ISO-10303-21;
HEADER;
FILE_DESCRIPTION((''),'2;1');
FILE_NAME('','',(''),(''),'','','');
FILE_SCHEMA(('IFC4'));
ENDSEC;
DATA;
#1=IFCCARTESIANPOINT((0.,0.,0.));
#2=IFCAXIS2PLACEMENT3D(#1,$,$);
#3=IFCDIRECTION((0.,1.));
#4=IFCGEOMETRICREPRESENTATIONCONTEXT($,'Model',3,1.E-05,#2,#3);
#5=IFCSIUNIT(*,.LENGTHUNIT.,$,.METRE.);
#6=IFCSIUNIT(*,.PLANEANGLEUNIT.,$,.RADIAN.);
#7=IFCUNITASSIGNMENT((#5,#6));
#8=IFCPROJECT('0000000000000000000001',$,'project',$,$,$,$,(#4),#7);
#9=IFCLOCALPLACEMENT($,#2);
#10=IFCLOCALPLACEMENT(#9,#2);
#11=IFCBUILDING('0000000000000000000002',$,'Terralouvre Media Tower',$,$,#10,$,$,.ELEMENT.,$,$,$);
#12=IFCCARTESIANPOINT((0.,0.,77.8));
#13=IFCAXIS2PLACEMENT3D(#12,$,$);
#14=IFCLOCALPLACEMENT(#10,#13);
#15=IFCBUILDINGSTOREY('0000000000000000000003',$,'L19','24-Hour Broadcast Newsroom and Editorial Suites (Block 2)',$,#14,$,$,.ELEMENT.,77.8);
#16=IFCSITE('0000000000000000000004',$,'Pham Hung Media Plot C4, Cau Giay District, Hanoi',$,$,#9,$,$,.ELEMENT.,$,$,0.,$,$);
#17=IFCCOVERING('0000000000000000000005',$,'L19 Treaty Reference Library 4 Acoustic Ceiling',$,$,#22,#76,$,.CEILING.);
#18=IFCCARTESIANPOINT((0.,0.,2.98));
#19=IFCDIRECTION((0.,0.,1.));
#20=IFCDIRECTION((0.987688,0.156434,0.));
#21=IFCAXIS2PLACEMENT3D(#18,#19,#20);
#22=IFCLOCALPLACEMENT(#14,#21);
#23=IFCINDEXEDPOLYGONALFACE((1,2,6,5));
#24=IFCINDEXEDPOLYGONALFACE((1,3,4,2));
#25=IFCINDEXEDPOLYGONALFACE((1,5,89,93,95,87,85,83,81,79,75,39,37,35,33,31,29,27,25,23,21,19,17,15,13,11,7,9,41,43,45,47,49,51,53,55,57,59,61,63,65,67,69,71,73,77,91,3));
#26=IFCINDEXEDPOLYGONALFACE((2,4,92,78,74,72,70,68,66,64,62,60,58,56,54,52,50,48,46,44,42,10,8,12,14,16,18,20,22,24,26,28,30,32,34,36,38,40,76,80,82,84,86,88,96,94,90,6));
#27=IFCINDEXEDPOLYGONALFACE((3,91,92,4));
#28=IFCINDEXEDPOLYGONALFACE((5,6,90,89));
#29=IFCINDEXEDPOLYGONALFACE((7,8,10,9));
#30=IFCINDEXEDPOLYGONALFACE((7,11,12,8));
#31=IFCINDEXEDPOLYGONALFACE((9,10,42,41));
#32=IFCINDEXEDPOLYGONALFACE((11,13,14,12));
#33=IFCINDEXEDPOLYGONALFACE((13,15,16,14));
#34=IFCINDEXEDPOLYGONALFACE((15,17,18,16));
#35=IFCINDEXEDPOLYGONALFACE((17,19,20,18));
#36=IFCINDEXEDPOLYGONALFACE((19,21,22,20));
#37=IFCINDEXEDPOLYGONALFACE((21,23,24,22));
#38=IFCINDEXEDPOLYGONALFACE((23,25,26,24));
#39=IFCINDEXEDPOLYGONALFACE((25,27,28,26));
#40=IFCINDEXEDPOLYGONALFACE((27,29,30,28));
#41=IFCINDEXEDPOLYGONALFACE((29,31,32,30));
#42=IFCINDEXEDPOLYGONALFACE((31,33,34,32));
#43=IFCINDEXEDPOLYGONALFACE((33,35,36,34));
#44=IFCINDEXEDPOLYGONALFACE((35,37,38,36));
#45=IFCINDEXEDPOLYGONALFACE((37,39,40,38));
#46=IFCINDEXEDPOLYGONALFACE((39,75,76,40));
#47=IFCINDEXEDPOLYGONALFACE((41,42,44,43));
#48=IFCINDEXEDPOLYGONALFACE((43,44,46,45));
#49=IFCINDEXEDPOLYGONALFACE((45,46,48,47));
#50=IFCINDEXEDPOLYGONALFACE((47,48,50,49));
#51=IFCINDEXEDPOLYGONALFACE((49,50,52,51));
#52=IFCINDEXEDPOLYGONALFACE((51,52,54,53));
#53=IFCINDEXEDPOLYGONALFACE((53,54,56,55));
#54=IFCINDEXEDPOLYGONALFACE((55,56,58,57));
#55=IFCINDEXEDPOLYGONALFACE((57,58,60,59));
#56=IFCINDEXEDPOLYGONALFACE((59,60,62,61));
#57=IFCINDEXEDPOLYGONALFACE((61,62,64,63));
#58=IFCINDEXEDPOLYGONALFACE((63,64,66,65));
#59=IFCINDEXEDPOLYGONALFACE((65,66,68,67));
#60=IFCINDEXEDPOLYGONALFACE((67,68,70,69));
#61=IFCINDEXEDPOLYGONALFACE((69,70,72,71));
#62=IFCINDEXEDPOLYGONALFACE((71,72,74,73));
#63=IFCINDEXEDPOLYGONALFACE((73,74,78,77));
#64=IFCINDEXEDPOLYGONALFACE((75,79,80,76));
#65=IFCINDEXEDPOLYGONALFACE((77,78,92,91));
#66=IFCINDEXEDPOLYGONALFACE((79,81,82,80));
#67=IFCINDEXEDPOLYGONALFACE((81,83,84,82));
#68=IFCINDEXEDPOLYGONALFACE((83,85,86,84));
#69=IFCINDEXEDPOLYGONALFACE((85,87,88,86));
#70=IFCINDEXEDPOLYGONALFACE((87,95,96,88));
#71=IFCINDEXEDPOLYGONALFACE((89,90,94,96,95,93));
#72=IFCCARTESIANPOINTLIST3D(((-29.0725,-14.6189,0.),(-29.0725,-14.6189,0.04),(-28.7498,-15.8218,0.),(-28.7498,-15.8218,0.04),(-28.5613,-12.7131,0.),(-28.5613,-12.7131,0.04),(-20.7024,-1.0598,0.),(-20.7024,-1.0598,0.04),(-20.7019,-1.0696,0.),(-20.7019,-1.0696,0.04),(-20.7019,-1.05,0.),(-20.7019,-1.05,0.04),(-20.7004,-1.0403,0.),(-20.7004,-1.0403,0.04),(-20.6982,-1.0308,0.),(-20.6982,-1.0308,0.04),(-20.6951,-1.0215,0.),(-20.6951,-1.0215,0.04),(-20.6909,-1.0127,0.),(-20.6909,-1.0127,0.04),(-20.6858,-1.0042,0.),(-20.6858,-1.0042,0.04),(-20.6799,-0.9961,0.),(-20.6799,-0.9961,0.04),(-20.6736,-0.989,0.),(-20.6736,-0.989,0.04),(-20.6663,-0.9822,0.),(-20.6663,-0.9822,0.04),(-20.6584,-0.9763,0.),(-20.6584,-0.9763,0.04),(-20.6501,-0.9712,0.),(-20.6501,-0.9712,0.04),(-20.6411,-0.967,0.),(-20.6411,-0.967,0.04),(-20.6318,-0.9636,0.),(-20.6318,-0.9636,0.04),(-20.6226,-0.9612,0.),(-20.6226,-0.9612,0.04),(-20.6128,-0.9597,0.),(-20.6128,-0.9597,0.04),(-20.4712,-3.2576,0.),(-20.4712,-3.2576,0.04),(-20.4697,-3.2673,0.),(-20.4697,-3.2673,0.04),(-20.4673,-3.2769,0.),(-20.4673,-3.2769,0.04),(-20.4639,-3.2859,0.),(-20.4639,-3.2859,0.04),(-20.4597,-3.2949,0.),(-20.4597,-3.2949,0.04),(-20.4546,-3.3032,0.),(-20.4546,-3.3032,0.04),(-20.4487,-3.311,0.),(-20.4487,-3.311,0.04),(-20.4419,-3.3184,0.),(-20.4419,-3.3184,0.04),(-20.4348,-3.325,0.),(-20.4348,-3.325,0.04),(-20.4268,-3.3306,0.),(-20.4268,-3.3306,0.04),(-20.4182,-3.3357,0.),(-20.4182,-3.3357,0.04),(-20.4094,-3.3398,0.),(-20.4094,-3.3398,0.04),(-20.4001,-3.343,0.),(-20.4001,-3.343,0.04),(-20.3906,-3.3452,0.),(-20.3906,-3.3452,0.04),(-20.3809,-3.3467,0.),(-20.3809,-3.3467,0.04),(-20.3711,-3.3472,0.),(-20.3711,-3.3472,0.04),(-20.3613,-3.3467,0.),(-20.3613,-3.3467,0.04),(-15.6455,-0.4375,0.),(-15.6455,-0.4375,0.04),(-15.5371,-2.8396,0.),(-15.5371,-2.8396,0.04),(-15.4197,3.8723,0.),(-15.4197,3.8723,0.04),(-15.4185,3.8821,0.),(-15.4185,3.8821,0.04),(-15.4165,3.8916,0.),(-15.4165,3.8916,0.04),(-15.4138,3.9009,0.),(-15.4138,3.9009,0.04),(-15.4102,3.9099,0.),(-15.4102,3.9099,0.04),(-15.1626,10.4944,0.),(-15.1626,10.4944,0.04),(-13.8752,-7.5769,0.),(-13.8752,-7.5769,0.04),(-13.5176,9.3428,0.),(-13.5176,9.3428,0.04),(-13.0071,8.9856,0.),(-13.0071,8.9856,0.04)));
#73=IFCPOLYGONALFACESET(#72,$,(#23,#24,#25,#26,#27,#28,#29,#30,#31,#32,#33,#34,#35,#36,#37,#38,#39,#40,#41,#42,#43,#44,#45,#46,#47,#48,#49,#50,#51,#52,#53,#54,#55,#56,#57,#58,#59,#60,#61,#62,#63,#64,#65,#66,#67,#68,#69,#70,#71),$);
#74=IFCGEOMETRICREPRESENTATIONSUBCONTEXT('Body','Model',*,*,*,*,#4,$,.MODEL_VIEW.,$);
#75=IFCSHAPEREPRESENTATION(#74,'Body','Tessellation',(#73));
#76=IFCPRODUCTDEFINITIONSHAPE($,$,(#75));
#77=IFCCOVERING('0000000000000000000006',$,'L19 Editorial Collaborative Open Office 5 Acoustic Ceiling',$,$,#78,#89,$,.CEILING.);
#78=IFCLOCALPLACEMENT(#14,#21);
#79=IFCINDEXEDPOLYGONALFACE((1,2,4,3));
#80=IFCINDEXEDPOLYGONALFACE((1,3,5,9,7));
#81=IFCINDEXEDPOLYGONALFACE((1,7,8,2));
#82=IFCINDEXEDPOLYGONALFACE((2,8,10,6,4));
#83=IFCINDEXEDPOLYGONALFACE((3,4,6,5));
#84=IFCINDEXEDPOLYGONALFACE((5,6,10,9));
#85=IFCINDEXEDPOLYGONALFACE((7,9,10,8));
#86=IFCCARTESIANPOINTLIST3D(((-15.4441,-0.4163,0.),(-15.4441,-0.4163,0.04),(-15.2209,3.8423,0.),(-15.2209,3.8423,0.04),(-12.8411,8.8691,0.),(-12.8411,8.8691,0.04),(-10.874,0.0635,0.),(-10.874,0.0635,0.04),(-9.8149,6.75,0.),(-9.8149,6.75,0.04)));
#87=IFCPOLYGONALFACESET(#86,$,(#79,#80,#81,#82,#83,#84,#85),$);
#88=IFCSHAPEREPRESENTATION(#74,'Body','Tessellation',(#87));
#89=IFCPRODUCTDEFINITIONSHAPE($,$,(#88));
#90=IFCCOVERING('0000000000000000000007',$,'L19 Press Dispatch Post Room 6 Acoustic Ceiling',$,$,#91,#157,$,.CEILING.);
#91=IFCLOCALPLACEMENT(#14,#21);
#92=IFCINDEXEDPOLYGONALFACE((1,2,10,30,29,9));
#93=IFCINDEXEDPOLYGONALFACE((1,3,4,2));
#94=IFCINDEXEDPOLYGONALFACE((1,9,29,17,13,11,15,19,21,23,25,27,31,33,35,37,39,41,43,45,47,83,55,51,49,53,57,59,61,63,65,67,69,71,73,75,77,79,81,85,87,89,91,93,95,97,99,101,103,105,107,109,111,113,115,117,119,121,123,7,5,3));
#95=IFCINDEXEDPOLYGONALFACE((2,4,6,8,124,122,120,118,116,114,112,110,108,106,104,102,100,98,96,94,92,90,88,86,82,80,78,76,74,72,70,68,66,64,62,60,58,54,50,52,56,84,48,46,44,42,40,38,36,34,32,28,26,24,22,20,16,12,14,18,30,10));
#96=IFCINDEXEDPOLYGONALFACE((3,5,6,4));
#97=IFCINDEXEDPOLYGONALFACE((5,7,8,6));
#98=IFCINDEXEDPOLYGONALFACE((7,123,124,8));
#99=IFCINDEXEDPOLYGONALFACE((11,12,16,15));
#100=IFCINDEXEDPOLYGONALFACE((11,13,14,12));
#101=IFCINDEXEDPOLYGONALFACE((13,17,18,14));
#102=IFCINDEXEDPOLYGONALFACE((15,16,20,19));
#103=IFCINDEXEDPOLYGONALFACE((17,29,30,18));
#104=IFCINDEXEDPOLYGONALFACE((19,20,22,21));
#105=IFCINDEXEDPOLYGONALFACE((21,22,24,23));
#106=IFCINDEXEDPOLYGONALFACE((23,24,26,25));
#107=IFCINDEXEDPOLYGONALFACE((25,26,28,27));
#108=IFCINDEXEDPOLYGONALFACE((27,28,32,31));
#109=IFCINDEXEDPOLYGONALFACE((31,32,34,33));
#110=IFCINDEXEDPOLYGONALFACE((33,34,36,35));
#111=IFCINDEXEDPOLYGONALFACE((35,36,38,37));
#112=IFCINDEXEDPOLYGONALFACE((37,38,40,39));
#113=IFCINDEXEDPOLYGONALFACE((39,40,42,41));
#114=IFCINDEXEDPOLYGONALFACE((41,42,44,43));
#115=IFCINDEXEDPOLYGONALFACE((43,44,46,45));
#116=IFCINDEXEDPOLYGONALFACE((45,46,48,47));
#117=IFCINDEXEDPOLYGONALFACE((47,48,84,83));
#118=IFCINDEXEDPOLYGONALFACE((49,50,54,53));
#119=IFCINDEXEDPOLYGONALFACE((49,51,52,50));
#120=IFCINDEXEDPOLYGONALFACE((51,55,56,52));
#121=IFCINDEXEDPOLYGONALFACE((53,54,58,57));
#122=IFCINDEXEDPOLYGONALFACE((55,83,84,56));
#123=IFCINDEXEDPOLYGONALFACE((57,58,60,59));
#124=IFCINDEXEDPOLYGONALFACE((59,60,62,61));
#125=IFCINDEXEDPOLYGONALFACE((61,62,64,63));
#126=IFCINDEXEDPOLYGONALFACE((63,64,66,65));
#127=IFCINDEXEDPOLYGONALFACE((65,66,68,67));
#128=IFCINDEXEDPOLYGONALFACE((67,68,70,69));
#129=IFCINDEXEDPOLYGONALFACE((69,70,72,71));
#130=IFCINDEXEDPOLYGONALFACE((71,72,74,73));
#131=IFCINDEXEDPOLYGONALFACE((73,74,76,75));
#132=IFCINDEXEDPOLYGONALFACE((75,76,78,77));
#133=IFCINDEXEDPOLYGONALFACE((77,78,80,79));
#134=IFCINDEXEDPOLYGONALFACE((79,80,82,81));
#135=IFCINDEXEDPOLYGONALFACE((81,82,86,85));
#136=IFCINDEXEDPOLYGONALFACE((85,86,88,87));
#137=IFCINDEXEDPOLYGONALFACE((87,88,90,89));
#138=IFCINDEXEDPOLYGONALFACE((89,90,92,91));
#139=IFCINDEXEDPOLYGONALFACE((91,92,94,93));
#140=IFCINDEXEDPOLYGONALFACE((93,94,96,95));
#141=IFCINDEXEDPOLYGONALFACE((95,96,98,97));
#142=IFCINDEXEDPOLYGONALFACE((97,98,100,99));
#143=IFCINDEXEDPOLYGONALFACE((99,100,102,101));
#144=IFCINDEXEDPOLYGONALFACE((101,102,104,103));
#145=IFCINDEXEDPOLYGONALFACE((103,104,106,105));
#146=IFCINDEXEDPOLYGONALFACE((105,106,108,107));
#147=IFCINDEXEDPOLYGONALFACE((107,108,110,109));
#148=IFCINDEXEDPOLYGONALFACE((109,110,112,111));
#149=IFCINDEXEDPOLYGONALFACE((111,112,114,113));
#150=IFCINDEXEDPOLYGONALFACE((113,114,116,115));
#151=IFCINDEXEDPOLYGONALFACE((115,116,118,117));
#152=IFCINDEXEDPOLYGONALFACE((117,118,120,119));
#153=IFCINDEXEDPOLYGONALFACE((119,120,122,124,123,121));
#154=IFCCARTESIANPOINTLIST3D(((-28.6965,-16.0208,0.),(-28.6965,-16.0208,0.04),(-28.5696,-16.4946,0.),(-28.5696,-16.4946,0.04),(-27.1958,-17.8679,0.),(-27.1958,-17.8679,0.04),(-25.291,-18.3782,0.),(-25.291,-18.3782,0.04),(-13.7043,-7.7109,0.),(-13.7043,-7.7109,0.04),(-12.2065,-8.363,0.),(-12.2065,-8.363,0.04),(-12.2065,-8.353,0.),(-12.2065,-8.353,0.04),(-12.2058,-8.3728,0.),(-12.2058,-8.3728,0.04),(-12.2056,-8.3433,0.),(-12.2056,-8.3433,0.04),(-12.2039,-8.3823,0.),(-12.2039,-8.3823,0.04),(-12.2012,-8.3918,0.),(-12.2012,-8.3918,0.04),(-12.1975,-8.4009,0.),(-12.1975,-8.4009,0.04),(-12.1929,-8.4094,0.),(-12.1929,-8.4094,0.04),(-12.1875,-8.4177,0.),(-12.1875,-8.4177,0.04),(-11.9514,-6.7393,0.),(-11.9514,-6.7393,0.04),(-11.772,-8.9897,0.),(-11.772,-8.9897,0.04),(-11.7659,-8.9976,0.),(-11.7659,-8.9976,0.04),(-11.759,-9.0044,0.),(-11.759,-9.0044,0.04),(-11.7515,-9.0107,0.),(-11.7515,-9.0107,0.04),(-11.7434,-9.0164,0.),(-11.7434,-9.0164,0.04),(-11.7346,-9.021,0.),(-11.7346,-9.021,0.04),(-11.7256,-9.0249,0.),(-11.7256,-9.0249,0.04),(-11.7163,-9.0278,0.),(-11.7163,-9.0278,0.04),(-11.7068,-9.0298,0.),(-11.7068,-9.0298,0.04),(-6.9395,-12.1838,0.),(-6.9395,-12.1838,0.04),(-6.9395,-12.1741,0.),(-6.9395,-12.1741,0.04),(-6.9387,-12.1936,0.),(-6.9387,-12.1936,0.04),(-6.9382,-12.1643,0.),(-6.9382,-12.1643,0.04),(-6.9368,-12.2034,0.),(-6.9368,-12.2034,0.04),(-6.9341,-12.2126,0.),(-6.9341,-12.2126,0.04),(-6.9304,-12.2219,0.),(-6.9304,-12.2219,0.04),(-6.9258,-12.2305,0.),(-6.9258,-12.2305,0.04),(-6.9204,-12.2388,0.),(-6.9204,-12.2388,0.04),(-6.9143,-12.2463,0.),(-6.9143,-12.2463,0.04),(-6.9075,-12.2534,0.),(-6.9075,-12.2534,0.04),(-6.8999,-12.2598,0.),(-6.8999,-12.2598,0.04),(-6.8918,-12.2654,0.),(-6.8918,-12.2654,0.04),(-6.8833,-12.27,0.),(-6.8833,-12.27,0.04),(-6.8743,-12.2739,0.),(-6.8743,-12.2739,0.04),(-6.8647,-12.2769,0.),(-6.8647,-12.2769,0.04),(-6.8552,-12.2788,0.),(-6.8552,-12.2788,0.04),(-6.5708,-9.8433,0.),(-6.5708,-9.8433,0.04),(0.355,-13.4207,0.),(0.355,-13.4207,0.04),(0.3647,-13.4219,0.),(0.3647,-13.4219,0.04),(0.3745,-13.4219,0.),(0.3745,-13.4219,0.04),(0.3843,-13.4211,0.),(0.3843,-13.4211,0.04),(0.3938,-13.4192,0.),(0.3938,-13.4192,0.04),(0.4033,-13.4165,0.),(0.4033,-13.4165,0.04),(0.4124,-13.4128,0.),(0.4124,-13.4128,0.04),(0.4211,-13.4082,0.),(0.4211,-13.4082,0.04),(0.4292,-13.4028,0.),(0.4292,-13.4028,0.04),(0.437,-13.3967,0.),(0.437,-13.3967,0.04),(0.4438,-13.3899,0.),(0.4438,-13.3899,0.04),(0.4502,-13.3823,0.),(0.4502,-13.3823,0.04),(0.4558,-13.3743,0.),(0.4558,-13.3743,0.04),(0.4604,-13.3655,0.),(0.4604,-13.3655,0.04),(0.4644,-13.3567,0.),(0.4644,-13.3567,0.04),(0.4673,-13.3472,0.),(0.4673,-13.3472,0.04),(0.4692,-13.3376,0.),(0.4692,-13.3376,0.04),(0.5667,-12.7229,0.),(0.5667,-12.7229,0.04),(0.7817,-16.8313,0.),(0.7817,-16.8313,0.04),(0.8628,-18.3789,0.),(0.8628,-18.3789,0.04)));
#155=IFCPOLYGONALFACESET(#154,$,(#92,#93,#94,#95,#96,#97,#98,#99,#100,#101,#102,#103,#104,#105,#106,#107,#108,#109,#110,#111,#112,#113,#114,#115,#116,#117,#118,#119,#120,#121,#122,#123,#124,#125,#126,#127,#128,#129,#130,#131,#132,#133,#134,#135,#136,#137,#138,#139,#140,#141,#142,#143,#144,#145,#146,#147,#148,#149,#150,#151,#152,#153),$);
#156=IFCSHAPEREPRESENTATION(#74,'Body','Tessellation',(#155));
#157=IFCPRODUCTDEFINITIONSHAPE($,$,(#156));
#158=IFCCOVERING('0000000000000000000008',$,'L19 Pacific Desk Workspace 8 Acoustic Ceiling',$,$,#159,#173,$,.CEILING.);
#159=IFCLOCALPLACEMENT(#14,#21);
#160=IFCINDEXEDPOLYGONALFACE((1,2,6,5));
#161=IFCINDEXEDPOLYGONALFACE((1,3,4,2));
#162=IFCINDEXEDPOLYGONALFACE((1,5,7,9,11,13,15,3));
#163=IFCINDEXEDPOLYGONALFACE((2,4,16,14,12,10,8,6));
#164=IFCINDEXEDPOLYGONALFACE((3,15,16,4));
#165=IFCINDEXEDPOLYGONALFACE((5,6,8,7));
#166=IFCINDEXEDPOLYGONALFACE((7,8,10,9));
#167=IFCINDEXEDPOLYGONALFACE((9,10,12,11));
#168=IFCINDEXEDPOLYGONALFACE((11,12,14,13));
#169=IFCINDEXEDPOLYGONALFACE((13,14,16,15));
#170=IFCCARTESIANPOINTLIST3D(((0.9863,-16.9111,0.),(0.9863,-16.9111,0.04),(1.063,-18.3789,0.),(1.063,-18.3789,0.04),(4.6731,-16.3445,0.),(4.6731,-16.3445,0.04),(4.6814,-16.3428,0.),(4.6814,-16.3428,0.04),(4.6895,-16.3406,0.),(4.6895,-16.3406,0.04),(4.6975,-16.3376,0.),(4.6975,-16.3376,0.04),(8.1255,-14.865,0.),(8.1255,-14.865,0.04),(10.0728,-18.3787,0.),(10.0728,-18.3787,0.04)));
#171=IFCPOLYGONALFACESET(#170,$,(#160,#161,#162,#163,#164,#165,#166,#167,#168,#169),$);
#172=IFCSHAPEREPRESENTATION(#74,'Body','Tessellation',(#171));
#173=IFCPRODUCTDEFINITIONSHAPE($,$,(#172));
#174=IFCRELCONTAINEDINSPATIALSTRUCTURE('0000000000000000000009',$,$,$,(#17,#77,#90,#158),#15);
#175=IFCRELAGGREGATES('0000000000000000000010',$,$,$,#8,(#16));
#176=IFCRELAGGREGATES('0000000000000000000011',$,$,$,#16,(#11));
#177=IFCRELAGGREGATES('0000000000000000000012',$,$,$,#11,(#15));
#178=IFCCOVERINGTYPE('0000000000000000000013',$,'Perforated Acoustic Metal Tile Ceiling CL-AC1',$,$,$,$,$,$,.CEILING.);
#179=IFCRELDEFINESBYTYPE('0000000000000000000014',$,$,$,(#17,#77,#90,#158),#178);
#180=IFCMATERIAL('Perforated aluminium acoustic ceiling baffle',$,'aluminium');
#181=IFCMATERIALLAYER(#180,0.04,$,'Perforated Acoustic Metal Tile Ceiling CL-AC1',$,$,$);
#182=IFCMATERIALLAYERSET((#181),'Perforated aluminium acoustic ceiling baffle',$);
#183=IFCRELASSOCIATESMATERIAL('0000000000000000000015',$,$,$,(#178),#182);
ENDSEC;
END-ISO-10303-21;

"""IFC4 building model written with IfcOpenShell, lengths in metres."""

from ifc_helpers import new_model, si_unit, direction, frame, origin, place, context, subcontext, project, spatial, polyline, outline, extrude, material, layer, layer_set, type_object, element, save


model = new_model("IFC4")

# Units and contexts
model_context = context("Model", 3, precision=1e-05, world=origin(), true_north=direction((0.0, 1.0)))
body_context = subcontext(model_context, "Body", "Model", "MODEL_VIEW")
ifc_project = project(units=[si_unit("LENGTHUNIT", "METRE"), si_unit("PLANEANGLEUNIT", "RADIAN")], contexts=[model_context])

# Site, building, storey
site_placement = place(None, origin())
site = spatial("IfcSite", under=ifc_project, at=site_placement, Name="Pham Hung Media Plot C4, Cau Giay District, Hanoi", CompositionType="ELEMENT", RefElevation=0.0)
building_placement = place(site_placement, origin())
building = spatial("IfcBuilding", under=site, at=building_placement, Name="Terralouvre Media Tower", CompositionType="ELEMENT")
storey_placement = place(building_placement, frame((0.0, 0.0, 77.8)))
storey = spatial("IfcBuildingStorey", under=building, at=storey_placement, Name="L19", Description="24-Hour Broadcast Newsroom and Editorial Suites (Block 2)", CompositionType="ELEMENT", Elevation=77.8)

# Coverings
ifc_material_1 = material(Name="Perforated aluminium acoustic ceiling baffle", Category="aluminium")
ifc_layer_1 = layer(ifc_material_1, 0.04, Name="Perforated Acoustic Metal Tile Ceiling CL-AC1")
ifc_layer_set_1 = layer_set([ifc_layer_1], Name="Perforated aluminium acoustic ceiling baffle")
covering_type_1 = type_object("IfcCoveringType", Name="Perforated Acoustic Metal Tile Ceiling CL-AC1", PredefinedType="CEILING", material=ifc_layer_set_1)
covering_1_placement = place(storey_placement, frame((0.0, 0.0, 2.98), z_axis=(0.0, 0.0, 1.0), x_axis=(0.987688, 0.156434, 0.0)))
element("IfcCovering", 1, at=covering_1_placement, inside=storey, type_object=covering_type_1, Name="L19 Treaty Reference Library 4 Acoustic Ceiling", PredefinedType="CEILING", context=body_context, shape_type="SweptSolid", body=[
    extrude(outline(polyline([(-15.5371, -2.8396), (-20.3613, -3.3467), (-20.3711, -3.3472), (-20.3809, -3.3467), (-20.3906, -3.3452), (-20.4001, -3.343), (-20.4094, -3.3398), (-20.4182, -3.3357), (-20.4268, -3.3306), (-20.4348, -3.325), (-20.4419, -3.3184), (-20.4487, -3.311), (-20.4546, -3.3032), (-20.4597, -3.2949), (-20.4639, -3.2859), (-20.4673, -3.2769), (-20.4697, -3.2673), (-20.4712, -3.2576), (-20.7019, -1.0696), (-20.7024, -1.0598), (-20.7019, -1.05), (-20.7004, -1.0403), (-20.6982, -1.0308), (-20.6951, -1.0215), (-20.6909, -1.0127), (-20.6858, -1.0042), (-20.6799, -0.9961), (-20.6736, -0.989), (-20.6663, -0.9822), (-20.6584, -0.9763), (-20.6501, -0.9712), (-20.6411, -0.967), (-20.6318, -0.9636), (-20.6226, -0.9612), (-20.6128, -0.9597), (-15.6455, -0.4375), (-15.4197, 3.8723), (-15.4185, 3.8821), (-15.4165, 3.8916), (-15.4138, 3.9009), (-15.4102, 3.9099), (-13.0071, 8.9856), (-13.5176, 9.3428), (-15.1626, 10.4944), (-28.5613, -12.7131), (-29.0725, -14.6189), (-28.7498, -15.8218), (-13.8752, -7.5769), (-15.5371, -2.8396)])), origin(), (0.0, 0.0, 1.0), 0.04),
])
covering_2_placement = place(storey_placement, frame((0.0, 0.0, 2.98), z_axis=(0.0, 0.0, 1.0), x_axis=(0.987688, 0.156434, 0.0)))
element("IfcCovering", 2, at=covering_2_placement, inside=storey, type_object=covering_type_1, Name="L19 Editorial Collaborative Open Office 5 Acoustic Ceiling", PredefinedType="CEILING", context=body_context, shape_type="SweptSolid", body=[
    extrude(outline(polyline([(-15.2209, 3.8423), (-15.4441, -0.4163), (-10.874, 0.0635), (-9.8149, 6.75), (-12.8411, 8.8691), (-15.2209, 3.8423)])), origin(), (0.0, 0.0, 1.0), 0.04),
])
covering_3_placement = place(storey_placement, frame((0.0, 0.0, 2.98), z_axis=(0.0, 0.0, 1.0), x_axis=(0.987688, 0.156434, 0.0)))
element("IfcCovering", 3, at=covering_3_placement, inside=storey, type_object=covering_type_1, Name="L19 Press Dispatch Post Room 6 Acoustic Ceiling", PredefinedType="CEILING", context=body_context, shape_type="SweptSolid", body=[
    extrude(outline(polyline([(0.5667, -12.7229), (0.4692, -13.3376), (0.4673, -13.3472), (0.4644, -13.3567), (0.4604, -13.3655), (0.4558, -13.3743), (0.4502, -13.3823), (0.4438, -13.3899), (0.437, -13.3967), (0.4292, -13.4028), (0.4211, -13.4082), (0.4124, -13.4128), (0.4033, -13.4165), (0.3938, -13.4192), (0.3843, -13.4211), (0.3745, -13.4219), (0.3647, -13.4219), (0.355, -13.4207), (-6.8552, -12.2788), (-6.8647, -12.2769), (-6.8743, -12.2739), (-6.8833, -12.27), (-6.8918, -12.2654), (-6.8999, -12.2598), (-6.9075, -12.2534), (-6.9143, -12.2463), (-6.9204, -12.2388), (-6.9258, -12.2305), (-6.9304, -12.2219), (-6.9341, -12.2126), (-6.9368, -12.2034), (-6.9387, -12.1936), (-6.9395, -12.1838), (-6.9395, -12.1741), (-6.9382, -12.1643), (-6.5708, -9.8433), (-11.7068, -9.0298), (-11.7163, -9.0278), (-11.7256, -9.0249), (-11.7346, -9.021), (-11.7434, -9.0164), (-11.7515, -9.0107), (-11.759, -9.0044), (-11.7659, -8.9976), (-11.772, -8.9897), (-12.1875, -8.4177), (-12.1929, -8.4094), (-12.1975, -8.4009), (-12.2012, -8.3918), (-12.2039, -8.3823), (-12.2058, -8.3728), (-12.2065, -8.363), (-12.2065, -8.353), (-12.2056, -8.3433), (-11.9514, -6.7393), (-13.7043, -7.7109), (-28.6965, -16.0208), (-28.5696, -16.4946), (-27.1958, -17.8679), (-25.291, -18.3782), (0.8628, -18.3789), (0.7817, -16.8313), (0.5667, -12.7229)])), origin(), (0.0, 0.0, 1.0), 0.04),
])
covering_4_placement = place(storey_placement, frame((0.0, 0.0, 2.98), z_axis=(0.0, 0.0, 1.0), x_axis=(0.987688, 0.156434, 0.0)))
element("IfcCovering", 4, at=covering_4_placement, inside=storey, type_object=covering_type_1, Name="L19 Pacific Desk Workspace 8 Acoustic Ceiling", PredefinedType="CEILING", context=body_context, shape_type="SweptSolid", body=[
    extrude(outline(polyline([(4.6975, -16.3376), (4.6895, -16.3406), (4.6814, -16.3428), (4.6731, -16.3445), (0.9863, -16.9111), (1.063, -18.3789), (10.0728, -18.3787), (8.1255, -14.865), (4.6975, -16.3376)])), origin(), (0.0, 0.0, 1.0), 0.04),
])

save(model, "model.ifc")
